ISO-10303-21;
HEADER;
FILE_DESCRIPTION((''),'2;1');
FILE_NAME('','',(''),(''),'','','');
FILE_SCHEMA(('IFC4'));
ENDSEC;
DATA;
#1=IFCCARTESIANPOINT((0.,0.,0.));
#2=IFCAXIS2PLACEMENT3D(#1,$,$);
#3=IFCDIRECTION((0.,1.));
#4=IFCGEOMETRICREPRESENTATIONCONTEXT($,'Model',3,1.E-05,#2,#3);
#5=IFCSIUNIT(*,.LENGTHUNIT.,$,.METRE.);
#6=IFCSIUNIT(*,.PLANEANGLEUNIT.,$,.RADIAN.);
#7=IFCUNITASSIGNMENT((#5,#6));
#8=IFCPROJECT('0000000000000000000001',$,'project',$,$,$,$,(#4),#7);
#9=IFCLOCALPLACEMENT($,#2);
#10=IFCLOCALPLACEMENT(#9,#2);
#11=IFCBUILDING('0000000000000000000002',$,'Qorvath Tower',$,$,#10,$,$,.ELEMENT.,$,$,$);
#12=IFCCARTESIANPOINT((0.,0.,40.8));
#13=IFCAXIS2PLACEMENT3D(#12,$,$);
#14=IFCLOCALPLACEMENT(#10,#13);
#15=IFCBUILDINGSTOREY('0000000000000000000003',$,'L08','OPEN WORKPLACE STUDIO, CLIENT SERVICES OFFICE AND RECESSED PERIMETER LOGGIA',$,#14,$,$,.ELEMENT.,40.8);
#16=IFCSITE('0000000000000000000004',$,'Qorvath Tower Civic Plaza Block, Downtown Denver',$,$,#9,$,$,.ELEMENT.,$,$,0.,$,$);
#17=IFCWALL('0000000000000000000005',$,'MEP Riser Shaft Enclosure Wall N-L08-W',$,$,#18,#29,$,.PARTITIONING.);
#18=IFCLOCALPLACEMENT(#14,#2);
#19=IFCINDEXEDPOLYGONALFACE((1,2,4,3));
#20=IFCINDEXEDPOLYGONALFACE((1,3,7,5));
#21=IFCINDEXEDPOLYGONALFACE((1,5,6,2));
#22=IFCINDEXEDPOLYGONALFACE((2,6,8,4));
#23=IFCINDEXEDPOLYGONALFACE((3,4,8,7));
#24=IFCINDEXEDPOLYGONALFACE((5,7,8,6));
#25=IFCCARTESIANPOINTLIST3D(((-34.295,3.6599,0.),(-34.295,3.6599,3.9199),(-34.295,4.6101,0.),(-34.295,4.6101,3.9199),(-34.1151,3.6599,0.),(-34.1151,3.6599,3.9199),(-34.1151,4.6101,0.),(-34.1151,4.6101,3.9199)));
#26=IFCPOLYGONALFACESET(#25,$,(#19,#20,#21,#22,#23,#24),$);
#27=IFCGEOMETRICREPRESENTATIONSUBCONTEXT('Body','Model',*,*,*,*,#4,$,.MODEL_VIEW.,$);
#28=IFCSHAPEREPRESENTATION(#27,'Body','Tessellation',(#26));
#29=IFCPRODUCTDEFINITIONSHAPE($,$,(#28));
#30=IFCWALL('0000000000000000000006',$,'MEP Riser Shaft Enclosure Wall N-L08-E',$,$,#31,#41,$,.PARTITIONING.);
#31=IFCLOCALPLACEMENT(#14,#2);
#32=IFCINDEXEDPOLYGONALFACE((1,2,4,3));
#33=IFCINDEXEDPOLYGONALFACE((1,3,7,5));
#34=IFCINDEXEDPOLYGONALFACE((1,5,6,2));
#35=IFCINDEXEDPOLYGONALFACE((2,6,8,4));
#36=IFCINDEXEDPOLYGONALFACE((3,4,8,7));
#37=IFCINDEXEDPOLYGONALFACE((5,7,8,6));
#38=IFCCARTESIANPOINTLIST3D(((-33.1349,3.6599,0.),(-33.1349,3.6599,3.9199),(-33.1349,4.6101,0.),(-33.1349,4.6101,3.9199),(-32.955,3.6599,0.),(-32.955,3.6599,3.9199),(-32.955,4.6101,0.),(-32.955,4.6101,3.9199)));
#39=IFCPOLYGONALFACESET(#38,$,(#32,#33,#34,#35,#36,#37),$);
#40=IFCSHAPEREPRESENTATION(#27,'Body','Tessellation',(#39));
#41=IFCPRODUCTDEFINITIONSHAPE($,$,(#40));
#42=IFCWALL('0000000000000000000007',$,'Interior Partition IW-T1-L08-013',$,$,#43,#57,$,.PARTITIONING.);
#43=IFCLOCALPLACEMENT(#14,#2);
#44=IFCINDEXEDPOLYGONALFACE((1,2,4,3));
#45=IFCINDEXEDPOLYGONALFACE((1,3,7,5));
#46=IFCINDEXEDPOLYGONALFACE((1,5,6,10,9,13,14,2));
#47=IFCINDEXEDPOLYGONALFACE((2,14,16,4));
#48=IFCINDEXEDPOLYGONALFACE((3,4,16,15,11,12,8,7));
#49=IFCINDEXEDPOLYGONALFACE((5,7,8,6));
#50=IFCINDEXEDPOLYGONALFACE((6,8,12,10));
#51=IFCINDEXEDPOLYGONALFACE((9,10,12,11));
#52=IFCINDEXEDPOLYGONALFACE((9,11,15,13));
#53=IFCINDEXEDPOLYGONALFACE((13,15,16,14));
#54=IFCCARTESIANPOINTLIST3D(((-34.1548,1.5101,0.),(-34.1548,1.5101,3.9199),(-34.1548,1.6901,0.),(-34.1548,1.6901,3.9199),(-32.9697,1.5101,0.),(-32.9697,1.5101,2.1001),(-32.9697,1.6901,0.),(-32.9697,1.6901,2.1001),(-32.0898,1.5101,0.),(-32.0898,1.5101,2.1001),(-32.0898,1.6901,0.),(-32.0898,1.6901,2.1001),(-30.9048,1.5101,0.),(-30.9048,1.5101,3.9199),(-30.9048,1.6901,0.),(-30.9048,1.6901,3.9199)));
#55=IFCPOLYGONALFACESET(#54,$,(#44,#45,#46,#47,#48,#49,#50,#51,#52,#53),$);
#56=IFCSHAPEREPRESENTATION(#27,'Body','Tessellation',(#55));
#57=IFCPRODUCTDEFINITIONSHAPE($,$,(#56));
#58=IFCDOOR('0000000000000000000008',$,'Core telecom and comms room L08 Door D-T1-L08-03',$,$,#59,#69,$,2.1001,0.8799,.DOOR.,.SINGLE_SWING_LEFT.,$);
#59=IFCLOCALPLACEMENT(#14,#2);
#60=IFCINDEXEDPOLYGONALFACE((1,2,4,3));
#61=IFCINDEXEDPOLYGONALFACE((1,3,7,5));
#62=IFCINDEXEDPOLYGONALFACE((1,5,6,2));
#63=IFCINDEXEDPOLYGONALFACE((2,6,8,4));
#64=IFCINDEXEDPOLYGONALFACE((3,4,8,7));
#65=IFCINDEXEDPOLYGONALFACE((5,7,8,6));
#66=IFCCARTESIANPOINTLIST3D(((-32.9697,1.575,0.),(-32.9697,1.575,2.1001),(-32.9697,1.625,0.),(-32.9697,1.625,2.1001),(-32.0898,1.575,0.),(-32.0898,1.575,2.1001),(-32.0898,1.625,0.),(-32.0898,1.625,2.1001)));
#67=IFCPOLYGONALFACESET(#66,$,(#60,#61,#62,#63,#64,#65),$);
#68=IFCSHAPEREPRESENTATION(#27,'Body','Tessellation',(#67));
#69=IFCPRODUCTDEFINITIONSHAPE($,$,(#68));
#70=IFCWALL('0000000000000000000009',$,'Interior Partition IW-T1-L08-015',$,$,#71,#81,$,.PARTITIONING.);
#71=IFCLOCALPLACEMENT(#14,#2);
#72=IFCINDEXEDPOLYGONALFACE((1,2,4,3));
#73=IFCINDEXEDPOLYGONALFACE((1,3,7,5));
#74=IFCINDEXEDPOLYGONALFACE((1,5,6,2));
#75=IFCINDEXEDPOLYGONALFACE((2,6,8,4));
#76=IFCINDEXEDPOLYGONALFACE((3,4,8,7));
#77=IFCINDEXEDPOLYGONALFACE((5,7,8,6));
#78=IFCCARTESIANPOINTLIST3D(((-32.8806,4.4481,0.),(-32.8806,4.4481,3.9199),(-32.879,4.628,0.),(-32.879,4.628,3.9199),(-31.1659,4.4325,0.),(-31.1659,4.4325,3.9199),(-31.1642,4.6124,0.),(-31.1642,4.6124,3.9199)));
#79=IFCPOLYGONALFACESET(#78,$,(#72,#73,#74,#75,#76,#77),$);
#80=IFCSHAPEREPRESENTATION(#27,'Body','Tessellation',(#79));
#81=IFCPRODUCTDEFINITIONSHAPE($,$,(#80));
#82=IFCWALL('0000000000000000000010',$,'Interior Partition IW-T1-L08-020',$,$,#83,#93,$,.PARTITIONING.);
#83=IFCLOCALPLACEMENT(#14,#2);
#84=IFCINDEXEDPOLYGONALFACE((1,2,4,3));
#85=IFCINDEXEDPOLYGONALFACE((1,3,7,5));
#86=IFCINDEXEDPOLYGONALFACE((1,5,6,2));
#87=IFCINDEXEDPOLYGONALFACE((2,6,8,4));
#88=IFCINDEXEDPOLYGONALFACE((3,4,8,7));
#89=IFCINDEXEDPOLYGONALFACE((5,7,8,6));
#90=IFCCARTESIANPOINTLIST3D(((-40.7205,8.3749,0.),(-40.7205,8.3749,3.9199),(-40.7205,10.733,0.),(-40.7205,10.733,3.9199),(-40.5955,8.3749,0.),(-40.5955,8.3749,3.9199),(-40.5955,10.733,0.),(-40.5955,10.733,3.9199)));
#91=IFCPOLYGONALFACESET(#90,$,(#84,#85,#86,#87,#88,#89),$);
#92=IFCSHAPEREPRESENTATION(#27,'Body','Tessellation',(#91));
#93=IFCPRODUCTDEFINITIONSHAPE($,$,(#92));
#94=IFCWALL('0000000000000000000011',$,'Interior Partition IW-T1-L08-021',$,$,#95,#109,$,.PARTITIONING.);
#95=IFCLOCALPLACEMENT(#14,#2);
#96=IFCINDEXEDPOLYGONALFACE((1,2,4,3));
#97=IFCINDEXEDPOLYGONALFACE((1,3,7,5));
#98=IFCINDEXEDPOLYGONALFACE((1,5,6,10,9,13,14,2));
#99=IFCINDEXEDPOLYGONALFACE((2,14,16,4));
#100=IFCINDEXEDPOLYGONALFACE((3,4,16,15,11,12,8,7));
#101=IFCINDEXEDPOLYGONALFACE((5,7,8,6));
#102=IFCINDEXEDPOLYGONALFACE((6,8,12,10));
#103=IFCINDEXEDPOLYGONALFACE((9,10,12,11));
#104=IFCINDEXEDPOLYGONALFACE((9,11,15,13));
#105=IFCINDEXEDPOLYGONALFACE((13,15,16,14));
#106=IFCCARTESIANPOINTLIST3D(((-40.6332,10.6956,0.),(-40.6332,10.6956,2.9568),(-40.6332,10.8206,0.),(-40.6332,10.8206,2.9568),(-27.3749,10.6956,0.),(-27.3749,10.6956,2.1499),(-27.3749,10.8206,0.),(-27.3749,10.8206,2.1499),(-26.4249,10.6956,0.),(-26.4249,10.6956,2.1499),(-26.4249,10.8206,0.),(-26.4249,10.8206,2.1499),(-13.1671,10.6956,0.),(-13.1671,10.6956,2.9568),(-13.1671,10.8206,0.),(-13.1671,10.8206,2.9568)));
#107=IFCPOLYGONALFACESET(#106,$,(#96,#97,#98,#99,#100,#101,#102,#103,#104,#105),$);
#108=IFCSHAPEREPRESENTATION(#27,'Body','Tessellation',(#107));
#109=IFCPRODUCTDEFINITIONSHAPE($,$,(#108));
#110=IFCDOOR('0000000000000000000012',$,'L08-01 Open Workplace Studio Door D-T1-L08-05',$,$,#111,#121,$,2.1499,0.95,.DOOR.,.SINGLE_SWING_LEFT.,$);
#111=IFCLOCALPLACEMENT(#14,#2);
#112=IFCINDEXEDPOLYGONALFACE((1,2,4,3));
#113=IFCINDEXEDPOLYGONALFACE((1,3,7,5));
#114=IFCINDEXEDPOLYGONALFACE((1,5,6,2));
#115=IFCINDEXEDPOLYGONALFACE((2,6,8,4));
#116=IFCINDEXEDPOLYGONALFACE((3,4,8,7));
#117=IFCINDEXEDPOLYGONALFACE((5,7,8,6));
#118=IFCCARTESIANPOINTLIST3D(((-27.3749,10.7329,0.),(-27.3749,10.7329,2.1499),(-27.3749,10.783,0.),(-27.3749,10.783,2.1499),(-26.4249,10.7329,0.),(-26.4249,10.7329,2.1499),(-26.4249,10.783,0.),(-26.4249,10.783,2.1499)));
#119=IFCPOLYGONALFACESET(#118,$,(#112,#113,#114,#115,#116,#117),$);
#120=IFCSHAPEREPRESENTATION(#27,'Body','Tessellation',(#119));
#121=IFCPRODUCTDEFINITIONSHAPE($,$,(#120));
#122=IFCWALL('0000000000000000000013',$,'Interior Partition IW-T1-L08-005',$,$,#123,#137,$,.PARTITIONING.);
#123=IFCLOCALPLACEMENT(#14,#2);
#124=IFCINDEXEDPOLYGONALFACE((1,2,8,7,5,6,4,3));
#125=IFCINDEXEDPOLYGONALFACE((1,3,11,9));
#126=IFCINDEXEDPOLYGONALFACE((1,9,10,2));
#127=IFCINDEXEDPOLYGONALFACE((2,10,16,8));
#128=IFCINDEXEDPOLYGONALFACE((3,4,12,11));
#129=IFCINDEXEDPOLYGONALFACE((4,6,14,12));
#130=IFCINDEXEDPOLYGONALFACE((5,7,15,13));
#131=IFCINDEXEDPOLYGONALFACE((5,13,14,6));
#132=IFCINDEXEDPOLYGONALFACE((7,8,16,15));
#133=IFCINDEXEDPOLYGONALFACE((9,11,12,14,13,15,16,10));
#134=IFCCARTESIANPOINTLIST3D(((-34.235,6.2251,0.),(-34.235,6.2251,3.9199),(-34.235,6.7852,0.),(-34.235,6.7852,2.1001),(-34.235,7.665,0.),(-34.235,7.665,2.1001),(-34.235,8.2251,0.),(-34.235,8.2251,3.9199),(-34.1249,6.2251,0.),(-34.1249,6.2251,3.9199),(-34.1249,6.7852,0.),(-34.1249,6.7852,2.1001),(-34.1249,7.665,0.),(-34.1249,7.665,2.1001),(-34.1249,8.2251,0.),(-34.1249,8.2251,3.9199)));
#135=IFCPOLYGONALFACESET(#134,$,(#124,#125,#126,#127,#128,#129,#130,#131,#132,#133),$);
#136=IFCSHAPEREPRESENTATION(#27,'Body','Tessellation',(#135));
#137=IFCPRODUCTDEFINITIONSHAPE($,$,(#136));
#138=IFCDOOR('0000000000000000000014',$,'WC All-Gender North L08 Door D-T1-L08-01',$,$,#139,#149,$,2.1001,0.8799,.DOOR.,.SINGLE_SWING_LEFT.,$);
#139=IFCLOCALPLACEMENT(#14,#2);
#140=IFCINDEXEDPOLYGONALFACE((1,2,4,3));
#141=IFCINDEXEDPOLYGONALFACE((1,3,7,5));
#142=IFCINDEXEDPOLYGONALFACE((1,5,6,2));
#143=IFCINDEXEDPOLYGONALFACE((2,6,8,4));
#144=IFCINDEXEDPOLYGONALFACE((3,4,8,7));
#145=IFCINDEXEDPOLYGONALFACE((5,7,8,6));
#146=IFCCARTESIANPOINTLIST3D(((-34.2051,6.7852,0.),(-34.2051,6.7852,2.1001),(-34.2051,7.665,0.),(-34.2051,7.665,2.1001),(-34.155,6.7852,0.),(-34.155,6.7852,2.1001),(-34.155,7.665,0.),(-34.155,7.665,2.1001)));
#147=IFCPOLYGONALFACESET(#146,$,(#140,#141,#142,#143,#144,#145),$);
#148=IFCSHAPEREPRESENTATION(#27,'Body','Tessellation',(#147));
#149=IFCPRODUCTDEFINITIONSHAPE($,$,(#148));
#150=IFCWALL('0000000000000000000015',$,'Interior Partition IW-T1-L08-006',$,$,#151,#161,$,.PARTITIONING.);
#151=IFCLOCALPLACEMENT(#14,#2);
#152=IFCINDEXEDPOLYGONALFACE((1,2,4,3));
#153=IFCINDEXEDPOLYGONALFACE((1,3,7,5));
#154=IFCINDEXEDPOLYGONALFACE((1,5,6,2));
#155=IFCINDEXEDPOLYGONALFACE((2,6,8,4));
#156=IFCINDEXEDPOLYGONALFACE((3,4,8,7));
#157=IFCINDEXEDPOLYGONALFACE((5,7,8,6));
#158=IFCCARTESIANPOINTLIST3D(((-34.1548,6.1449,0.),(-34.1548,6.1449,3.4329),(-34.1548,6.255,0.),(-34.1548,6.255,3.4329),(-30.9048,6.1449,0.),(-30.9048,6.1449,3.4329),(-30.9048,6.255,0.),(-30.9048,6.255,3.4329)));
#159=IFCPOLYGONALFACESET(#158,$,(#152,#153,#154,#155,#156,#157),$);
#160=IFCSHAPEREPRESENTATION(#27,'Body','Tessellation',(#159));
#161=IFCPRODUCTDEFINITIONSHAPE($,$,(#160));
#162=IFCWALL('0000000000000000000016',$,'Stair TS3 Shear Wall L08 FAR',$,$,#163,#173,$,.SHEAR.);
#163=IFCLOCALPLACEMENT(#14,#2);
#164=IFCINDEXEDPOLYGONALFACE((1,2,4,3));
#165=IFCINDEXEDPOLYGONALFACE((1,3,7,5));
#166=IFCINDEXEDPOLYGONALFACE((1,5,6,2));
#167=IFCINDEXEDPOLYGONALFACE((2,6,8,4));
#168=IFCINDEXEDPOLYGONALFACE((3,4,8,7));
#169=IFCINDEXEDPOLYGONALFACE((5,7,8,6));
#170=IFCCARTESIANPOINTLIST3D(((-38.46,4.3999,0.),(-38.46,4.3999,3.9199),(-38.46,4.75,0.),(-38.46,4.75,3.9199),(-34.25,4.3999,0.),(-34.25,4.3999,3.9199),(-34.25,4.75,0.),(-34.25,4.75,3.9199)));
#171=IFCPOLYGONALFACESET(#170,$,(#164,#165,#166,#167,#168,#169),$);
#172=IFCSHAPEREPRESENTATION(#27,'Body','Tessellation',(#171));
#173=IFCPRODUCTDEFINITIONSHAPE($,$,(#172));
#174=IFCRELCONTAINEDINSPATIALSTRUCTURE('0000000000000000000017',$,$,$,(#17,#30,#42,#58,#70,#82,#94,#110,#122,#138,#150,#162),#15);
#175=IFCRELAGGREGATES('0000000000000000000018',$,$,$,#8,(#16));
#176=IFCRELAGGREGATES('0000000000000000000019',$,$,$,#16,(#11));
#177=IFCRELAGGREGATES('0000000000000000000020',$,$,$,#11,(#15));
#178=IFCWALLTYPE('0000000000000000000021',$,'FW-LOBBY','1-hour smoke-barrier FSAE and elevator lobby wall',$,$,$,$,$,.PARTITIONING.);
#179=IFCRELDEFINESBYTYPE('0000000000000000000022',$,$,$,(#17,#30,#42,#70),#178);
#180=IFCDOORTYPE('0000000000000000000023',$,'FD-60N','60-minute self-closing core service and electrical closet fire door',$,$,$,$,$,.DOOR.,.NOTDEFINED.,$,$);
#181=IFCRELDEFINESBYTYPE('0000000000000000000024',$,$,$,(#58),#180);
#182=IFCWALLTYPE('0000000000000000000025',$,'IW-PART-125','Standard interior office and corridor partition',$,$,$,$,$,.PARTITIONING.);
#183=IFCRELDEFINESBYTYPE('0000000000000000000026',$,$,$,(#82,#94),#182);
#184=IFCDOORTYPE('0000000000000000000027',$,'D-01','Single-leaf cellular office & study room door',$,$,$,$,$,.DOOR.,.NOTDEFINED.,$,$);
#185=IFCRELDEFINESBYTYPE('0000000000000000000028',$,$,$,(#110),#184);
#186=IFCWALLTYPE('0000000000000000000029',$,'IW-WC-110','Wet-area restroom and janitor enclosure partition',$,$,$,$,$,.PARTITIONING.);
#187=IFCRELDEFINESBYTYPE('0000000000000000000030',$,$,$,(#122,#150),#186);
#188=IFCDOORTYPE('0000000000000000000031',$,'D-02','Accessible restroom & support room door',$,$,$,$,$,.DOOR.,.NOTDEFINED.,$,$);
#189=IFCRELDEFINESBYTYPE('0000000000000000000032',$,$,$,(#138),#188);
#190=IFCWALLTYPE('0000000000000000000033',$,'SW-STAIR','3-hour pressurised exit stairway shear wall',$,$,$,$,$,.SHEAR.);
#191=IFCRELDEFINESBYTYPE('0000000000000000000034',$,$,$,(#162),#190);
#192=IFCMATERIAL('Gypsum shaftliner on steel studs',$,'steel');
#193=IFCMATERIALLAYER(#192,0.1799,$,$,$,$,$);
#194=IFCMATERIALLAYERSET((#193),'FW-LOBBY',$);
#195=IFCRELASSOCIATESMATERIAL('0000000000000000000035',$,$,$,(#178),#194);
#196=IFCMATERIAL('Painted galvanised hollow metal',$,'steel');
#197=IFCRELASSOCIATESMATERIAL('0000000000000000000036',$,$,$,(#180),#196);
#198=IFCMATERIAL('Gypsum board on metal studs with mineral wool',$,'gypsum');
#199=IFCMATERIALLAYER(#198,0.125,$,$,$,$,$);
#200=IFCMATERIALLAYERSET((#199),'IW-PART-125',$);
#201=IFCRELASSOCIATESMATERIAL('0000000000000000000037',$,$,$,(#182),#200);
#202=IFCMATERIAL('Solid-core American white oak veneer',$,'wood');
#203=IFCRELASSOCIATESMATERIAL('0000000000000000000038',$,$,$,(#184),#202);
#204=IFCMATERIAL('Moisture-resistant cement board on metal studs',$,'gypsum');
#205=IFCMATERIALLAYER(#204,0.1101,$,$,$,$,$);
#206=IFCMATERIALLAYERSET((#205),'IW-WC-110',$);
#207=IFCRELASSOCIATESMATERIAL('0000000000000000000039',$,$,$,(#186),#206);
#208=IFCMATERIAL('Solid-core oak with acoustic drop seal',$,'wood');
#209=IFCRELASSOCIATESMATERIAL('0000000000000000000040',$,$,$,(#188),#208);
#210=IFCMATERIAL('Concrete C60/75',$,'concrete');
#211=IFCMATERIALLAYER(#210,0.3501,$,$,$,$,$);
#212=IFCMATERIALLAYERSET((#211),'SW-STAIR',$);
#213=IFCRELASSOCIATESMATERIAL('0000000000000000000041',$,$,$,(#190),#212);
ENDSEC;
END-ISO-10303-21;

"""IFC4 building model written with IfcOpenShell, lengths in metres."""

from ifc_helpers import new_model, si_unit, direction, frame, frame_2d, origin, place, context, subcontext, project, spatial, rectangle, extrude, material, layer, layer_set, type_object, element, fill, save


model = new_model("IFC4")

# Units and contexts
model_context = context("Model", 3, precision=1e-05, world=origin(), true_north=direction((0.0, 1.0)))
body_context = subcontext(model_context, "Body", "Model", "MODEL_VIEW")
ifc_project = project(units=[si_unit("LENGTHUNIT", "METRE"), si_unit("PLANEANGLEUNIT", "RADIAN")], contexts=[model_context])

# Site, building, storey
site_placement = place(None, origin())
site = spatial("IfcSite", under=ifc_project, at=site_placement, Name="Qorvath Tower Civic Plaza Block, Downtown Denver", CompositionType="ELEMENT", RefElevation=0.0)
building_placement = place(site_placement, origin())
building = spatial("IfcBuilding", under=site, at=building_placement, Name="Qorvath Tower", CompositionType="ELEMENT")
storey_placement = place(building_placement, frame((0.0, 0.0, 40.8)))
storey = spatial("IfcBuildingStorey", under=building, at=storey_placement, Name="L08", Description="OPEN WORKPLACE STUDIO, CLIENT SERVICES OFFICE AND RECESSED PERIMETER LOGGIA", CompositionType="ELEMENT", Elevation=40.8)

# Walls
ifc_material_1 = material(Name="Gypsum shaftliner on steel studs", Category="steel")
ifc_layer_1 = layer(ifc_material_1, 0.1799)
ifc_layer_set_1 = layer_set([ifc_layer_1], Name="FW-LOBBY")
wall_type_1 = type_object("IfcWallType", Name="FW-LOBBY", Description="1-hour smoke-barrier FSAE and elevator lobby wall", PredefinedType="PARTITIONING", material=ifc_layer_set_1)
for number, where, z_axis, x_axis, name in (
    (1, (-34.2051, 3.6599, 0.0), (0.0, 0.0, 1.0), (0.0, 1.0, 0.0), "MEP Riser Shaft Enclosure Wall N-L08-W"),
    (2, (-33.0449, 4.6101, 0.0), (0.0, 0.0, 1.0), (0.0, -1.0, 0.0), "MEP Riser Shaft Enclosure Wall N-L08-E"),
):
    element("IfcWall", number, at=place(storey_placement, frame(where, z_axis=z_axis, x_axis=x_axis)), inside=storey, type_object=wall_type_1, Name=name, PredefinedType="PARTITIONING", context=body_context, shape_type="SweptSolid", body=[
        extrude(rectangle(XDim=0.9502, YDim=0.1799, at=frame_2d((0.4751, 0.0))), origin(), (0.0, 0.0, 1.0), 3.9199),
    ])

# Wall, opening, door
wall_1_placement = place(storey_placement, frame((-34.1548, 1.6001, 0.0), z_axis=(0.0, 0.0, 1.0), x_axis=(1.0, 0.0, 0.0)))
wall_1 = element("IfcWall", 3, at=wall_1_placement, inside=storey, type_object=wall_type_1, Name="Interior Partition IW-T1-L08-013", PredefinedType="PARTITIONING", context=body_context, shape_type="SweptSolid", body=[
    extrude(rectangle(XDim=3.25, YDim=0.1799, at=frame_2d((1.625, 0.0))), origin(), (0.0, 0.0, 1.0), 3.9199),
])
opening_1_placement = place(wall_1_placement, frame((1.1851, 0.0, 0.0)))
opening_1 = element("IfcOpeningElement", 4, at=opening_1_placement, cuts=wall_1, PredefinedType="OPENING", context=body_context, shape_type="SweptSolid", body=[
    extrude(rectangle(XDim=0.8799, YDim=2.1001, at=frame_2d((0.4399, 1.05))), frame((0.0, 0.1001, 0.0), z_axis=(0.0, -1.0, 0.0), x_axis=(1.0, 0.0, 0.0)), (0.0, 0.0, 1.0), 0.2),
])
ifc_material_2 = material(Name="Painted galvanised hollow metal", Category="steel")
door_type_1 = type_object("IfcDoorType", Name="FD-60N", Description="60-minute self-closing core service and electrical closet fire door", OperationType="NOTDEFINED", PredefinedType="DOOR", material=ifc_material_2)
door_1_placement = place(opening_1_placement, origin())
door_1 = element("IfcDoor", 5, at=door_1_placement, inside=storey, type_object=door_type_1, Name="Core telecom and comms room L08 Door D-T1-L08-03", OperationType="SINGLE_SWING_LEFT", OverallHeight=2.1001, OverallWidth=0.8799, PredefinedType="DOOR", context=body_context, shape_type="SweptSolid", body=[
    extrude(rectangle(XDim=0.8799, YDim=2.1001, at=frame_2d((0.4399, 1.05))), frame((0.0, 0.0249, 0.0), z_axis=(0.0, -1.0, 0.0), x_axis=(1.0, 0.0, 0.0)), (0.0, 0.0, 1.0), 0.05),
])
fill(opening_1, door_1)

# Walls
wall_2_placement = place(storey_placement, frame((-31.165, 4.5225, 0.0), z_axis=(0.0, 0.0, 1.0), x_axis=(-0.999958, 0.009111, 0.0)))
element("IfcWall", 6, at=wall_2_placement, inside=storey, type_object=wall_type_1, Name="Interior Partition IW-T1-L08-015", PredefinedType="PARTITIONING", context=body_context, shape_type="SweptSolid", body=[
    extrude(rectangle(XDim=1.7148, YDim=0.1799, at=frame_2d((0.8574, 0.0))), origin(), (0.0, 0.0, 1.0), 3.9199),
])
ifc_material_3 = material(Name="Gypsum board on metal studs with mineral wool", Category="gypsum")
ifc_layer_2 = layer(ifc_material_3, 0.125)
ifc_layer_set_2 = layer_set([ifc_layer_2], Name="IW-PART-125")
wall_type_2 = type_object("IfcWallType", Name="IW-PART-125", Description="Standard interior office and corridor partition", PredefinedType="PARTITIONING", material=ifc_layer_set_2)
wall_3_placement = place(storey_placement, frame((-40.658, 10.7332, 0.0), z_axis=(0.0, 0.0, 1.0), x_axis=(0.0, -1.0, 0.0)))
element("IfcWall", 7, at=wall_3_placement, inside=storey, type_object=wall_type_2, Name="Interior Partition IW-T1-L08-020", PredefinedType="PARTITIONING", context=body_context, shape_type="SweptSolid", body=[
    extrude(rectangle(XDim=2.3582, YDim=0.125, at=frame_2d((1.1792, 0.0))), origin(), (0.0, 0.0, 1.0), 3.9199),
])

# Walls, openings, doors
wall_4_placement = place(storey_placement, frame((-40.6331, 10.7581, 0.0), z_axis=(0.0, 0.0, 1.0), x_axis=(1.0, 0.0, 0.0)))
wall_4 = element("IfcWall", 8, at=wall_4_placement, inside=storey, type_object=wall_type_2, Name="Interior Partition IW-T1-L08-021", PredefinedType="PARTITIONING", context=body_context, shape_type="SweptSolid", body=[
    extrude(rectangle(XDim=27.4661, YDim=0.125, at=frame_2d((13.7329, 0.0))), origin(), (0.0, 0.0, 1.0), 2.9568),
])
opening_2_placement = place(wall_4_placement, frame((13.2581, 0.0, 0.0)))
opening_2 = element("IfcOpeningElement", 9, at=opening_2_placement, cuts=wall_4, PredefinedType="OPENING", context=body_context, shape_type="SweptSolid", body=[
    extrude(rectangle(XDim=0.95, YDim=2.1499, at=frame_2d((0.4751, 1.075))), frame((0.0, 0.0725, 0.0), z_axis=(0.0, -1.0, 0.0), x_axis=(1.0, 0.0, 0.0)), (0.0, 0.0, 1.0), 0.145),
])
ifc_material_4 = material(Name="Solid-core American white oak veneer", Category="wood")
door_type_2 = type_object("IfcDoorType", Name="D-01", Description="Single-leaf cellular office & study room door", OperationType="NOTDEFINED", PredefinedType="DOOR", material=ifc_material_4)
door_2_placement = place(opening_2_placement, origin())
door_2 = element("IfcDoor", 10, at=door_2_placement, inside=storey, type_object=door_type_2, Name="L08-01 Open Workplace Studio Door D-T1-L08-05", OperationType="SINGLE_SWING_LEFT", OverallHeight=2.1499, OverallWidth=0.95, PredefinedType="DOOR", context=body_context, shape_type="SweptSolid", body=[
    extrude(rectangle(XDim=0.95, YDim=2.1499, at=frame_2d((0.4751, 1.075))), frame((0.0, 0.0249, 0.0), z_axis=(0.0, -1.0, 0.0), x_axis=(1.0, 0.0, 0.0)), (0.0, 0.0, 1.0), 0.05),
])
fill(opening_2, door_2)
ifc_material_5 = material(Name="Moisture-resistant cement board on metal studs", Category="gypsum")
ifc_layer_3 = layer(ifc_material_5, 0.1101)
ifc_layer_set_3 = layer_set([ifc_layer_3], Name="IW-WC-110")
wall_type_3 = type_object("IfcWallType", Name="IW-WC-110", Description="Wet-area restroom and janitor enclosure partition", PredefinedType="PARTITIONING", material=ifc_layer_set_3)
wall_5_placement = place(storey_placement, frame((-34.1799, 8.2251, 0.0), z_axis=(0.0, 0.0, 1.0), x_axis=(0.0, -1.0, 0.0)))
wall_5 = element("IfcWall", 11, at=wall_5_placement, inside=storey, type_object=wall_type_3, Name="Interior Partition IW-T1-L08-005", PredefinedType="PARTITIONING", context=body_context, shape_type="SweptSolid", body=[
    extrude(rectangle(XDim=2.0, YDim=0.1101, at=frame_2d((1.0, 0.0))), origin(), (0.0, 0.0, 1.0), 3.9199),
])
opening_3_placement = place(wall_5_placement, frame((0.5601, 0.0, 0.0)))
opening_3 = element("IfcOpeningElement", 12, at=opening_3_placement, cuts=wall_5, PredefinedType="OPENING", context=body_context, shape_type="SweptSolid", body=[
    extrude(rectangle(XDim=0.8799, YDim=2.1001, at=frame_2d((0.4399, 1.05))), frame((0.0, 0.0649, 0.0), z_axis=(0.0, -1.0, 0.0), x_axis=(1.0, 0.0, 0.0)), (0.0, 0.0, 1.0), 0.1301),
])
ifc_material_6 = material(Name="Solid-core oak with acoustic drop seal", Category="wood")
door_type_3 = type_object("IfcDoorType", Name="D-02", Description="Accessible restroom & support room door", OperationType="NOTDEFINED", PredefinedType="DOOR", material=ifc_material_6)
door_3_placement = place(opening_3_placement, origin())
door_3 = element("IfcDoor", 13, at=door_3_placement, inside=storey, type_object=door_type_3, Name="WC All-Gender North L08 Door D-T1-L08-01", OperationType="SINGLE_SWING_LEFT", OverallHeight=2.1001, OverallWidth=0.8799, PredefinedType="DOOR", context=body_context, shape_type="SweptSolid", body=[
    extrude(rectangle(XDim=0.8799, YDim=2.1001, at=frame_2d((0.4399, 1.05))), frame((0.0, 0.0249, 0.0), z_axis=(0.0, -1.0, 0.0), x_axis=(1.0, 0.0, 0.0)), (0.0, 0.0, 1.0), 0.05),
])
fill(opening_3, door_3)

# Walls
wall_6_placement = place(storey_placement, frame((-34.1548, 6.2, 0.0), z_axis=(0.0, 0.0, 1.0), x_axis=(1.0, 0.0, 0.0)))
element("IfcWall", 14, at=wall_6_placement, inside=storey, type_object=wall_type_3, Name="Interior Partition IW-T1-L08-006", PredefinedType="PARTITIONING", context=body_context, shape_type="SweptSolid", body=[
    extrude(rectangle(XDim=3.25, YDim=0.1101, at=frame_2d((1.625, 0.0))), origin(), (0.0, 0.0, 1.0), 3.4329),
])
ifc_material_7 = material(Name="Concrete C60/75", Category="concrete")
ifc_layer_4 = layer(ifc_material_7, 0.3501)
ifc_layer_set_4 = layer_set([ifc_layer_4], Name="SW-STAIR")
wall_type_4 = type_object("IfcWallType", Name="SW-STAIR", Description="3-hour pressurised exit stairway shear wall", PredefinedType="SHEAR", material=ifc_layer_set_4)
wall_7_placement = place(storey_placement, frame((-34.25, 4.575, 0.0), z_axis=(0.0, 0.0, 1.0), x_axis=(-1.0, 0.0, 0.0)))
element("IfcWall", 15, at=wall_7_placement, inside=storey, type_object=wall_type_4, Name="Stair TS3 Shear Wall L08 FAR", PredefinedType="SHEAR", context=body_context, shape_type="SweptSolid", body=[
    extrude(rectangle(XDim=4.21, YDim=0.3501, at=frame_2d((2.105, 0.0))), origin(), (0.0, 0.0, 1.0), 3.9199),
])

save(model, "model.ifc")
